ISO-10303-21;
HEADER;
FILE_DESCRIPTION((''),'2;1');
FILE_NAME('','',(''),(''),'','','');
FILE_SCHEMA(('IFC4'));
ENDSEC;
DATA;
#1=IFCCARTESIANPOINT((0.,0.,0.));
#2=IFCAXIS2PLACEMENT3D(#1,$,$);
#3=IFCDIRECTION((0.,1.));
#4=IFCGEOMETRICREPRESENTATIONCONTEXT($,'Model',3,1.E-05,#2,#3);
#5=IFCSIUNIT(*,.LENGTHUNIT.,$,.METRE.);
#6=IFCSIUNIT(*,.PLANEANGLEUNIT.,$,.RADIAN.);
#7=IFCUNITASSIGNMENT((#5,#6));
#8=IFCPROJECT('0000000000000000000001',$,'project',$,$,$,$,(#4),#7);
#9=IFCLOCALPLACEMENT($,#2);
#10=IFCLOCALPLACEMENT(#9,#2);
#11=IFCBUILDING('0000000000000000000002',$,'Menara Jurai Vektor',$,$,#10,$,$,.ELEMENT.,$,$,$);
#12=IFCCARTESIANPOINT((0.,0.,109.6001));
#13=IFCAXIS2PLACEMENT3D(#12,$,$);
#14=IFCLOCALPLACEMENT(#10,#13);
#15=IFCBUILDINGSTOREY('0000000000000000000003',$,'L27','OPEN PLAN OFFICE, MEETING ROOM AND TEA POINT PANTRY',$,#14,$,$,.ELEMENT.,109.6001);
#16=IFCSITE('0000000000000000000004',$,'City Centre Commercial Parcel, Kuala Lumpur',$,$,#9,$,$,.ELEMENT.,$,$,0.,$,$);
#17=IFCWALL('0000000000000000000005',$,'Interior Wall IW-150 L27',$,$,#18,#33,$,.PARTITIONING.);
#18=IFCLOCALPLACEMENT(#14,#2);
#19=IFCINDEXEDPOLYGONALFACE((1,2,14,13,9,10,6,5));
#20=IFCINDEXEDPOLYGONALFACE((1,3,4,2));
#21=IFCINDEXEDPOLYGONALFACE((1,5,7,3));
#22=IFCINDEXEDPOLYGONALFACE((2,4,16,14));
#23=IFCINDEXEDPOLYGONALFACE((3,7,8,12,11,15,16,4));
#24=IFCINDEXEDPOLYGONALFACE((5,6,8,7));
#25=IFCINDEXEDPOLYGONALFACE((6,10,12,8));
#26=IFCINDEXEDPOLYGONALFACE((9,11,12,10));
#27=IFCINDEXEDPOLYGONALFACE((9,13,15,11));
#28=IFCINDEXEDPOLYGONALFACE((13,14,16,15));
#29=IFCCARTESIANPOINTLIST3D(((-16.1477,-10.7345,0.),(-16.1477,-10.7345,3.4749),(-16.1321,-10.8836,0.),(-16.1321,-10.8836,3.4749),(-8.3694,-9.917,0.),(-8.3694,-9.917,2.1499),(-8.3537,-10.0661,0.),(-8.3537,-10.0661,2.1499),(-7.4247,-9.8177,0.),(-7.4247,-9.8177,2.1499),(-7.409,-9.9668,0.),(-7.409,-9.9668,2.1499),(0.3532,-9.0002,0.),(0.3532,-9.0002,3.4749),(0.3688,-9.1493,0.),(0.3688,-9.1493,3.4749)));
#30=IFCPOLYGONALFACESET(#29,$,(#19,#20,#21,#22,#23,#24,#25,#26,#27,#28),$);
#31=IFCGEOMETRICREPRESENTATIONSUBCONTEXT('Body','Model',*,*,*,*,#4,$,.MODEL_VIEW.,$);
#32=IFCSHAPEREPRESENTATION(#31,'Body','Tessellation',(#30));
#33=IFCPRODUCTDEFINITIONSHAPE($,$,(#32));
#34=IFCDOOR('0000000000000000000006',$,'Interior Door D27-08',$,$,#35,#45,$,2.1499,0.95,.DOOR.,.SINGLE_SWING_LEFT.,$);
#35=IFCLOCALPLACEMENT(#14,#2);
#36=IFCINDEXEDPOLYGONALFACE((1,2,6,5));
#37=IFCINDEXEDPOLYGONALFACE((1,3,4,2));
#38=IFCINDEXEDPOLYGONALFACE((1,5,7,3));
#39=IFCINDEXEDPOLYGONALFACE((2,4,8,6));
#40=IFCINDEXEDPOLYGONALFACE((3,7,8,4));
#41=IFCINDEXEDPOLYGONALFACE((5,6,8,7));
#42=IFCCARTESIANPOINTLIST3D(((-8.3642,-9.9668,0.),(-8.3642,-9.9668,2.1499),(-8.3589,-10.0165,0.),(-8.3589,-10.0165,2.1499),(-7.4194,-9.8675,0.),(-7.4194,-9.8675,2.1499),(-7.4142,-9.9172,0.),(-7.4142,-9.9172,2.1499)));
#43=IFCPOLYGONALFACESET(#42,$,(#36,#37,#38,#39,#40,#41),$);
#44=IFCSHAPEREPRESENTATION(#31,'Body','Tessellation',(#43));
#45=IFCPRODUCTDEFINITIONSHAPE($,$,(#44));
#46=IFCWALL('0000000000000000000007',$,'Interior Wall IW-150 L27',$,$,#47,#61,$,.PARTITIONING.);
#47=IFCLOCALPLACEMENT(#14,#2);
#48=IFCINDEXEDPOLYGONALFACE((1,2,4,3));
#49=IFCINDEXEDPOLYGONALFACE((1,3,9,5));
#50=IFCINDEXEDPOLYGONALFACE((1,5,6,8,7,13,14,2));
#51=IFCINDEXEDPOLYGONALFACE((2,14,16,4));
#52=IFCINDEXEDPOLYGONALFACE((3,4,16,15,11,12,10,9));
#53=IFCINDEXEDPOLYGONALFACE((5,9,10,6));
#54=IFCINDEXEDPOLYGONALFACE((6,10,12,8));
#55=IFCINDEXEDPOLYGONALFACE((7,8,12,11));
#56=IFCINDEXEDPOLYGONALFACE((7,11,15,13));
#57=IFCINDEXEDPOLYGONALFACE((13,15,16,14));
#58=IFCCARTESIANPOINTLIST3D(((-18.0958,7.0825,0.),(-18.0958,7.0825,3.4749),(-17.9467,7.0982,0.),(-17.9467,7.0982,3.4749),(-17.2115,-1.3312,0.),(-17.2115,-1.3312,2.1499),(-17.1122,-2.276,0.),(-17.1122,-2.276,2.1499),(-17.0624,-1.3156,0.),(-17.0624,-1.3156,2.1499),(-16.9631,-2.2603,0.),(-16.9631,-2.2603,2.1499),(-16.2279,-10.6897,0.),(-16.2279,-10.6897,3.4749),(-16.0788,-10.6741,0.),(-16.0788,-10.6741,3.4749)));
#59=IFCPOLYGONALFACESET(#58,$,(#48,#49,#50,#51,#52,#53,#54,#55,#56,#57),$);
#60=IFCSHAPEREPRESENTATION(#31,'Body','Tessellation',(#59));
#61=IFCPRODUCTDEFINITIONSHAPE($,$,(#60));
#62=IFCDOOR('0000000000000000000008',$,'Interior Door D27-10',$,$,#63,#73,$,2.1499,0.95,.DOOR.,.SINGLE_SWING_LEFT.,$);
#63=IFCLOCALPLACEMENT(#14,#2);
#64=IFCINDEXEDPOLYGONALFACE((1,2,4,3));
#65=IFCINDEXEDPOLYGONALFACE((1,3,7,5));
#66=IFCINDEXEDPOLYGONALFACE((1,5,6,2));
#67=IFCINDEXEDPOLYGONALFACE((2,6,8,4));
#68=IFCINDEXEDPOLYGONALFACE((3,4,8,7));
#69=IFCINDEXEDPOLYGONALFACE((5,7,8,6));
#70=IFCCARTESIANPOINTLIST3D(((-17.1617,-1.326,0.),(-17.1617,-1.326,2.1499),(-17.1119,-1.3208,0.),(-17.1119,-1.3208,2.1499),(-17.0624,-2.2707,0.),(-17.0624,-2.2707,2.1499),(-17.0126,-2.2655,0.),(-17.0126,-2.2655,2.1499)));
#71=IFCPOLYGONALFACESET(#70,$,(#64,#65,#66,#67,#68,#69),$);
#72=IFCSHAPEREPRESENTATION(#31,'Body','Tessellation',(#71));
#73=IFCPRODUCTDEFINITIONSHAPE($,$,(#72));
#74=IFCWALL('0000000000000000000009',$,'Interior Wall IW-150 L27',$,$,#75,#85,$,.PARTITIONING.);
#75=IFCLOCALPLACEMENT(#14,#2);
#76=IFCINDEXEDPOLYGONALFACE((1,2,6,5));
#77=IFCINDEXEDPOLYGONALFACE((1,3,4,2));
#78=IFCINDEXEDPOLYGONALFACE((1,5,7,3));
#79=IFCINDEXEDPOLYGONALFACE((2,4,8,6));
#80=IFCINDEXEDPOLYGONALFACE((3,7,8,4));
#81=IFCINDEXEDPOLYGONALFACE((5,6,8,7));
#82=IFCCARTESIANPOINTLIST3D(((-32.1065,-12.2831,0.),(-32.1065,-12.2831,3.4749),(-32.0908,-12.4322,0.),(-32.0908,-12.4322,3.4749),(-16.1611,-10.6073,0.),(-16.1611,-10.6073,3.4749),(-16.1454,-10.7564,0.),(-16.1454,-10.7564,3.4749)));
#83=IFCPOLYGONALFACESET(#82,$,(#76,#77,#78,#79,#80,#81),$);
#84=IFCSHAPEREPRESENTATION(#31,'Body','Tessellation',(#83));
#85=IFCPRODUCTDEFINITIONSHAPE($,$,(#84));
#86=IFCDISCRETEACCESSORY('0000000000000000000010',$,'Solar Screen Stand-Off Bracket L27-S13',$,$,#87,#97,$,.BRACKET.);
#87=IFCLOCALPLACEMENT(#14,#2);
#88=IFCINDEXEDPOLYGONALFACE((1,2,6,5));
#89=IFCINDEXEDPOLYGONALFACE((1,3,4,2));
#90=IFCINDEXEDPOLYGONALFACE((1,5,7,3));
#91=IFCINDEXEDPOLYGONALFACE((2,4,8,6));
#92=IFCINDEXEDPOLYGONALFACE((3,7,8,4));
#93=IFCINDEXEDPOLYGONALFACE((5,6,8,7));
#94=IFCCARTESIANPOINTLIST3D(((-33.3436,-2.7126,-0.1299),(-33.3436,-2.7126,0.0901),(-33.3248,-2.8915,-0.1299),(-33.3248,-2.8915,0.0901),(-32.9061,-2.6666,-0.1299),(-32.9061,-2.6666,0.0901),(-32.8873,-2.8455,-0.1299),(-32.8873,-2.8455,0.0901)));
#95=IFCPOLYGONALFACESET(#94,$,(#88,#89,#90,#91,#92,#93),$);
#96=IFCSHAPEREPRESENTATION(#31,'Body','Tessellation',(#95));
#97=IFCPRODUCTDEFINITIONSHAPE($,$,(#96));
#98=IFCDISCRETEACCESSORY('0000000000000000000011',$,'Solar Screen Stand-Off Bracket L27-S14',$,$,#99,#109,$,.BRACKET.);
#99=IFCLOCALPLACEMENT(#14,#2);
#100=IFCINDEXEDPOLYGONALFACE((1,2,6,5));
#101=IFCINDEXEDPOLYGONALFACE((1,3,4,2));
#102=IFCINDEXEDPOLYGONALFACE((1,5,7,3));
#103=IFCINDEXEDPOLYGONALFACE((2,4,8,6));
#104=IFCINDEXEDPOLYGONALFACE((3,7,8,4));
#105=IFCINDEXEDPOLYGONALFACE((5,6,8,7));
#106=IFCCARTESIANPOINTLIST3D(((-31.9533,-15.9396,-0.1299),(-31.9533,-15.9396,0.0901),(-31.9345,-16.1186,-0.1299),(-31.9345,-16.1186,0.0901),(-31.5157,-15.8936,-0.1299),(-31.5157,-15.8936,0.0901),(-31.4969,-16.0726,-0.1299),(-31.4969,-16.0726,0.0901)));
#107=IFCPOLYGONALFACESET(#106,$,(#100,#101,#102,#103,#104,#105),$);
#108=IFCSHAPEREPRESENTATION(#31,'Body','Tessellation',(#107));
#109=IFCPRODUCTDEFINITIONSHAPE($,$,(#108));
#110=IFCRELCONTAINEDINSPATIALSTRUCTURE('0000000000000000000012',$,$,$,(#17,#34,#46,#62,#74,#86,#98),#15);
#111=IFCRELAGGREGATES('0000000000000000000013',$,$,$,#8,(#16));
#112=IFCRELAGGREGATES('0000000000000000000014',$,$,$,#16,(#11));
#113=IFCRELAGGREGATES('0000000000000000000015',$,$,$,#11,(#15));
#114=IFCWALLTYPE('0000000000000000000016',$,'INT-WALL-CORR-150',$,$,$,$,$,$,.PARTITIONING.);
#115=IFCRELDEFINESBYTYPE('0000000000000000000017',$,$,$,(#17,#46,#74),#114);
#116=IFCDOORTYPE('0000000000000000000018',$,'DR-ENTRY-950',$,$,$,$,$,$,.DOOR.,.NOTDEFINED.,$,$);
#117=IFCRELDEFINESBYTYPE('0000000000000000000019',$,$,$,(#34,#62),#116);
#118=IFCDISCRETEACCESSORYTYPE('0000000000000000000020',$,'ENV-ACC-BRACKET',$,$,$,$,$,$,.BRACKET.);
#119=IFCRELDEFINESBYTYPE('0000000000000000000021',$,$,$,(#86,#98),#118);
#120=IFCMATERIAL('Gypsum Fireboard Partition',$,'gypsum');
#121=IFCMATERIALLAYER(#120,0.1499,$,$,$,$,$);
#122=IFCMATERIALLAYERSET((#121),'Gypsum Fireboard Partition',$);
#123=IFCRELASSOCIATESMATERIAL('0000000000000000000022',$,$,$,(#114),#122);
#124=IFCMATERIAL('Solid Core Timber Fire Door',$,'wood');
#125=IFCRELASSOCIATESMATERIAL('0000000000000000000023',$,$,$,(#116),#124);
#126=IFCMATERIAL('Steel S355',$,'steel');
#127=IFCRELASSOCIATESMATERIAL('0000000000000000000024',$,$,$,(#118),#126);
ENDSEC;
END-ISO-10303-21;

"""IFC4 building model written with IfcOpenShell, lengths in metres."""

from ifc_helpers import new_model, si_unit, direction, frame, frame_2d, origin, origin_2d, place, context, subcontext, project, spatial, rectangle, extrude, material, layer, layer_set, type_object, element, fill, save


model = new_model("IFC4")

# Units and contexts
model_context = context("Model", 3, precision=1e-05, world=origin(), true_north=direction((0.0, 1.0)))
body_context = subcontext(model_context, "Body", "Model", "MODEL_VIEW")
ifc_project = project(units=[si_unit("LENGTHUNIT", "METRE"), si_unit("PLANEANGLEUNIT", "RADIAN")], contexts=[model_context])

# Site, building, storey
site_placement = place(None, origin())
site = spatial("IfcSite", under=ifc_project, at=site_placement, Name="City Centre Commercial Parcel, Kuala Lumpur", CompositionType="ELEMENT", RefElevation=0.0)
building_placement = place(site_placement, origin())
building = spatial("IfcBuilding", under=site, at=building_placement, Name="Menara Jurai Vektor", CompositionType="ELEMENT")
storey_placement = place(building_placement, frame((0.0, 0.0, 109.6001)))
storey = spatial("IfcBuildingStorey", under=building, at=storey_placement, Name="L27", Description="OPEN PLAN OFFICE, MEETING ROOM AND TEA POINT PANTRY", CompositionType="ELEMENT", Elevation=109.6001)

# Shared definitions
ifc_material_1 = material(Name="Steel S355", Category="steel")

# Walls, openings, doors
ifc_material_2 = material(Name="Gypsum Fireboard Partition", Category="gypsum")
ifc_layer_1 = layer(ifc_material_2, 0.1499)
ifc_layer_set_1 = layer_set([ifc_layer_1], Name="Gypsum Fireboard Partition")
wall_type = type_object("IfcWallType", Name="INT-WALL-CORR-150", PredefinedType="PARTITIONING", material=ifc_layer_set_1)
wall_1_placement = place(storey_placement, frame((-16.1399, -10.8091, 0.0), z_axis=(0.0, 0.0, 1.0), x_axis=(0.994522, 0.104532, 0.0)))
wall_1 = element("IfcWall", 1, at=wall_1_placement, inside=storey, type_object=wall_type, Name="Interior Wall IW-150 L27", PredefinedType="PARTITIONING", context=body_context, shape_type="SweptSolid", body=[
    extrude(rectangle(XDim=16.5918, YDim=0.1499, at=frame_2d((8.2959, 0.0))), origin(), (0.0, 0.0, 1.0), 3.4749),
])
opening_1_placement = place(wall_1_placement, frame((7.821, 0.0, 0.0)))
opening_1 = element("IfcOpeningElement", 2, at=opening_1_placement, cuts=wall_1, PredefinedType="OPENING", context=body_context, shape_type="SweptSolid", body=[
    extrude(rectangle(XDim=0.95, YDim=2.1499, at=frame_2d((0.4751, 1.075))), frame((0.0, 0.085, 0.0), z_axis=(0.0, -1.0, 0.0), x_axis=(1.0, 0.0, 0.0)), (0.0, 0.0, 1.0), 0.1699),
])
ifc_material_3 = material(Name="Solid Core Timber Fire Door", Category="wood")
door_type = type_object("IfcDoorType", Name="DR-ENTRY-950", OperationType="NOTDEFINED", PredefinedType="DOOR", material=ifc_material_3)
door_1_placement = place(opening_1_placement, origin())
door_1 = element("IfcDoor", 3, at=door_1_placement, inside=storey, type_object=door_type, Name="Interior Door D27-08", OperationType="SINGLE_SWING_LEFT", OverallHeight=2.1499, OverallWidth=0.95, PredefinedType="DOOR", context=body_context, shape_type="SweptSolid", body=[
    extrude(rectangle(XDim=0.95, YDim=2.1499, at=frame_2d((0.4751, 1.075))), frame((0.0, 0.0249, 0.0), z_axis=(0.0, -1.0, 0.0), x_axis=(1.0, 0.0, 0.0)), (0.0, 0.0, 1.0), 0.05),
])
fill(opening_1, door_1)
wall_2_placement = place(storey_placement, frame((-16.1533, -10.6819, 0.0), z_axis=(0.0, 0.0, 1.0), x_axis=(-0.104528, 0.994522, 0.0)))
wall_2 = element("IfcWall", 4, at=wall_2_placement, inside=storey, type_object=wall_type, Name="Interior Wall IW-150 L27", PredefinedType="PARTITIONING", context=body_context, shape_type="SweptSolid", body=[
    extrude(rectangle(XDim=17.8701, YDim=0.1499, at=frame_2d((8.9351, 0.0))), origin(), (0.0, 0.0, 1.0), 3.4749),
])
opening_2_placement = place(wall_2_placement, frame((8.46, 0.0, 0.0)))
opening_2 = element("IfcOpeningElement", 5, at=opening_2_placement, cuts=wall_2, PredefinedType="OPENING", context=body_context, shape_type="SweptSolid", body=[
    extrude(rectangle(XDim=0.95, YDim=2.1499, at=frame_2d((0.4751, 1.075))), frame((0.0, 0.085, 0.0), z_axis=(0.0, -1.0, 0.0), x_axis=(1.0, 0.0, 0.0)), (0.0, 0.0, 1.0), 0.1699),
])
door_2_placement = place(opening_2_placement, origin())
door_2 = element("IfcDoor", 6, at=door_2_placement, inside=storey, type_object=door_type, Name="Interior Door D27-10", OperationType="SINGLE_SWING_LEFT", OverallHeight=2.1499, OverallWidth=0.95, PredefinedType="DOOR", context=body_context, shape_type="SweptSolid", body=[
    extrude(rectangle(XDim=0.95, YDim=2.1499, at=frame_2d((0.4751, 1.075))), frame((0.0, 0.0249, 0.0), z_axis=(0.0, -1.0, 0.0), x_axis=(1.0, 0.0, 0.0)), (0.0, 0.0, 1.0), 0.05),
])
fill(opening_2, door_2)

# Wall
wall_3_placement = place(storey_placement, frame((-32.0986, -12.3577, 0.0), z_axis=(0.0, 0.0, 1.0), x_axis=(0.994523, 0.10452, 0.0)))
element("IfcWall", 7, at=wall_3_placement, inside=storey, type_object=wall_type, Name="Interior Wall IW-150 L27", PredefinedType="PARTITIONING", context=body_context, shape_type="SweptSolid", body=[
    extrude(rectangle(XDim=16.0332, YDim=0.1499, at=frame_2d((8.0166, 0.0))), origin(), (0.0, 0.0, 1.0), 3.4749),
])

# Discrete accessories
discrete_accessory_type = type_object("IfcDiscreteAccessoryType", Name="ENV-ACC-BRACKET", PredefinedType="BRACKET", material=ifc_material_1)
for number, where, z_axis, x_axis, name in (
    (8, (-33.1155, -2.7791, -0.1299), (0.0, 0.0, 1.0), (0.104528, -0.994522, 0.0), "Solar Screen Stand-Off Bracket L27-S13"),
    (9, (-31.7251, -16.0061, -0.1299), (0.0, 0.0, 1.0), (0.104528, -0.994522, 0.0), "Solar Screen Stand-Off Bracket L27-S14"),
):
    element("IfcDiscreteAccessory", number, at=place(storey_placement, frame(where, z_axis=z_axis, x_axis=x_axis)), inside=storey, type_object=discrete_accessory_type, Name=name, PredefinedType="BRACKET", context=body_context, shape_type="SweptSolid", body=[
        extrude(rectangle(XDim=0.1799, YDim=0.4399, at=origin_2d()), origin(), (0.0, 0.0, 1.0), 0.22),
    ])

save(model, "model.ifc")
